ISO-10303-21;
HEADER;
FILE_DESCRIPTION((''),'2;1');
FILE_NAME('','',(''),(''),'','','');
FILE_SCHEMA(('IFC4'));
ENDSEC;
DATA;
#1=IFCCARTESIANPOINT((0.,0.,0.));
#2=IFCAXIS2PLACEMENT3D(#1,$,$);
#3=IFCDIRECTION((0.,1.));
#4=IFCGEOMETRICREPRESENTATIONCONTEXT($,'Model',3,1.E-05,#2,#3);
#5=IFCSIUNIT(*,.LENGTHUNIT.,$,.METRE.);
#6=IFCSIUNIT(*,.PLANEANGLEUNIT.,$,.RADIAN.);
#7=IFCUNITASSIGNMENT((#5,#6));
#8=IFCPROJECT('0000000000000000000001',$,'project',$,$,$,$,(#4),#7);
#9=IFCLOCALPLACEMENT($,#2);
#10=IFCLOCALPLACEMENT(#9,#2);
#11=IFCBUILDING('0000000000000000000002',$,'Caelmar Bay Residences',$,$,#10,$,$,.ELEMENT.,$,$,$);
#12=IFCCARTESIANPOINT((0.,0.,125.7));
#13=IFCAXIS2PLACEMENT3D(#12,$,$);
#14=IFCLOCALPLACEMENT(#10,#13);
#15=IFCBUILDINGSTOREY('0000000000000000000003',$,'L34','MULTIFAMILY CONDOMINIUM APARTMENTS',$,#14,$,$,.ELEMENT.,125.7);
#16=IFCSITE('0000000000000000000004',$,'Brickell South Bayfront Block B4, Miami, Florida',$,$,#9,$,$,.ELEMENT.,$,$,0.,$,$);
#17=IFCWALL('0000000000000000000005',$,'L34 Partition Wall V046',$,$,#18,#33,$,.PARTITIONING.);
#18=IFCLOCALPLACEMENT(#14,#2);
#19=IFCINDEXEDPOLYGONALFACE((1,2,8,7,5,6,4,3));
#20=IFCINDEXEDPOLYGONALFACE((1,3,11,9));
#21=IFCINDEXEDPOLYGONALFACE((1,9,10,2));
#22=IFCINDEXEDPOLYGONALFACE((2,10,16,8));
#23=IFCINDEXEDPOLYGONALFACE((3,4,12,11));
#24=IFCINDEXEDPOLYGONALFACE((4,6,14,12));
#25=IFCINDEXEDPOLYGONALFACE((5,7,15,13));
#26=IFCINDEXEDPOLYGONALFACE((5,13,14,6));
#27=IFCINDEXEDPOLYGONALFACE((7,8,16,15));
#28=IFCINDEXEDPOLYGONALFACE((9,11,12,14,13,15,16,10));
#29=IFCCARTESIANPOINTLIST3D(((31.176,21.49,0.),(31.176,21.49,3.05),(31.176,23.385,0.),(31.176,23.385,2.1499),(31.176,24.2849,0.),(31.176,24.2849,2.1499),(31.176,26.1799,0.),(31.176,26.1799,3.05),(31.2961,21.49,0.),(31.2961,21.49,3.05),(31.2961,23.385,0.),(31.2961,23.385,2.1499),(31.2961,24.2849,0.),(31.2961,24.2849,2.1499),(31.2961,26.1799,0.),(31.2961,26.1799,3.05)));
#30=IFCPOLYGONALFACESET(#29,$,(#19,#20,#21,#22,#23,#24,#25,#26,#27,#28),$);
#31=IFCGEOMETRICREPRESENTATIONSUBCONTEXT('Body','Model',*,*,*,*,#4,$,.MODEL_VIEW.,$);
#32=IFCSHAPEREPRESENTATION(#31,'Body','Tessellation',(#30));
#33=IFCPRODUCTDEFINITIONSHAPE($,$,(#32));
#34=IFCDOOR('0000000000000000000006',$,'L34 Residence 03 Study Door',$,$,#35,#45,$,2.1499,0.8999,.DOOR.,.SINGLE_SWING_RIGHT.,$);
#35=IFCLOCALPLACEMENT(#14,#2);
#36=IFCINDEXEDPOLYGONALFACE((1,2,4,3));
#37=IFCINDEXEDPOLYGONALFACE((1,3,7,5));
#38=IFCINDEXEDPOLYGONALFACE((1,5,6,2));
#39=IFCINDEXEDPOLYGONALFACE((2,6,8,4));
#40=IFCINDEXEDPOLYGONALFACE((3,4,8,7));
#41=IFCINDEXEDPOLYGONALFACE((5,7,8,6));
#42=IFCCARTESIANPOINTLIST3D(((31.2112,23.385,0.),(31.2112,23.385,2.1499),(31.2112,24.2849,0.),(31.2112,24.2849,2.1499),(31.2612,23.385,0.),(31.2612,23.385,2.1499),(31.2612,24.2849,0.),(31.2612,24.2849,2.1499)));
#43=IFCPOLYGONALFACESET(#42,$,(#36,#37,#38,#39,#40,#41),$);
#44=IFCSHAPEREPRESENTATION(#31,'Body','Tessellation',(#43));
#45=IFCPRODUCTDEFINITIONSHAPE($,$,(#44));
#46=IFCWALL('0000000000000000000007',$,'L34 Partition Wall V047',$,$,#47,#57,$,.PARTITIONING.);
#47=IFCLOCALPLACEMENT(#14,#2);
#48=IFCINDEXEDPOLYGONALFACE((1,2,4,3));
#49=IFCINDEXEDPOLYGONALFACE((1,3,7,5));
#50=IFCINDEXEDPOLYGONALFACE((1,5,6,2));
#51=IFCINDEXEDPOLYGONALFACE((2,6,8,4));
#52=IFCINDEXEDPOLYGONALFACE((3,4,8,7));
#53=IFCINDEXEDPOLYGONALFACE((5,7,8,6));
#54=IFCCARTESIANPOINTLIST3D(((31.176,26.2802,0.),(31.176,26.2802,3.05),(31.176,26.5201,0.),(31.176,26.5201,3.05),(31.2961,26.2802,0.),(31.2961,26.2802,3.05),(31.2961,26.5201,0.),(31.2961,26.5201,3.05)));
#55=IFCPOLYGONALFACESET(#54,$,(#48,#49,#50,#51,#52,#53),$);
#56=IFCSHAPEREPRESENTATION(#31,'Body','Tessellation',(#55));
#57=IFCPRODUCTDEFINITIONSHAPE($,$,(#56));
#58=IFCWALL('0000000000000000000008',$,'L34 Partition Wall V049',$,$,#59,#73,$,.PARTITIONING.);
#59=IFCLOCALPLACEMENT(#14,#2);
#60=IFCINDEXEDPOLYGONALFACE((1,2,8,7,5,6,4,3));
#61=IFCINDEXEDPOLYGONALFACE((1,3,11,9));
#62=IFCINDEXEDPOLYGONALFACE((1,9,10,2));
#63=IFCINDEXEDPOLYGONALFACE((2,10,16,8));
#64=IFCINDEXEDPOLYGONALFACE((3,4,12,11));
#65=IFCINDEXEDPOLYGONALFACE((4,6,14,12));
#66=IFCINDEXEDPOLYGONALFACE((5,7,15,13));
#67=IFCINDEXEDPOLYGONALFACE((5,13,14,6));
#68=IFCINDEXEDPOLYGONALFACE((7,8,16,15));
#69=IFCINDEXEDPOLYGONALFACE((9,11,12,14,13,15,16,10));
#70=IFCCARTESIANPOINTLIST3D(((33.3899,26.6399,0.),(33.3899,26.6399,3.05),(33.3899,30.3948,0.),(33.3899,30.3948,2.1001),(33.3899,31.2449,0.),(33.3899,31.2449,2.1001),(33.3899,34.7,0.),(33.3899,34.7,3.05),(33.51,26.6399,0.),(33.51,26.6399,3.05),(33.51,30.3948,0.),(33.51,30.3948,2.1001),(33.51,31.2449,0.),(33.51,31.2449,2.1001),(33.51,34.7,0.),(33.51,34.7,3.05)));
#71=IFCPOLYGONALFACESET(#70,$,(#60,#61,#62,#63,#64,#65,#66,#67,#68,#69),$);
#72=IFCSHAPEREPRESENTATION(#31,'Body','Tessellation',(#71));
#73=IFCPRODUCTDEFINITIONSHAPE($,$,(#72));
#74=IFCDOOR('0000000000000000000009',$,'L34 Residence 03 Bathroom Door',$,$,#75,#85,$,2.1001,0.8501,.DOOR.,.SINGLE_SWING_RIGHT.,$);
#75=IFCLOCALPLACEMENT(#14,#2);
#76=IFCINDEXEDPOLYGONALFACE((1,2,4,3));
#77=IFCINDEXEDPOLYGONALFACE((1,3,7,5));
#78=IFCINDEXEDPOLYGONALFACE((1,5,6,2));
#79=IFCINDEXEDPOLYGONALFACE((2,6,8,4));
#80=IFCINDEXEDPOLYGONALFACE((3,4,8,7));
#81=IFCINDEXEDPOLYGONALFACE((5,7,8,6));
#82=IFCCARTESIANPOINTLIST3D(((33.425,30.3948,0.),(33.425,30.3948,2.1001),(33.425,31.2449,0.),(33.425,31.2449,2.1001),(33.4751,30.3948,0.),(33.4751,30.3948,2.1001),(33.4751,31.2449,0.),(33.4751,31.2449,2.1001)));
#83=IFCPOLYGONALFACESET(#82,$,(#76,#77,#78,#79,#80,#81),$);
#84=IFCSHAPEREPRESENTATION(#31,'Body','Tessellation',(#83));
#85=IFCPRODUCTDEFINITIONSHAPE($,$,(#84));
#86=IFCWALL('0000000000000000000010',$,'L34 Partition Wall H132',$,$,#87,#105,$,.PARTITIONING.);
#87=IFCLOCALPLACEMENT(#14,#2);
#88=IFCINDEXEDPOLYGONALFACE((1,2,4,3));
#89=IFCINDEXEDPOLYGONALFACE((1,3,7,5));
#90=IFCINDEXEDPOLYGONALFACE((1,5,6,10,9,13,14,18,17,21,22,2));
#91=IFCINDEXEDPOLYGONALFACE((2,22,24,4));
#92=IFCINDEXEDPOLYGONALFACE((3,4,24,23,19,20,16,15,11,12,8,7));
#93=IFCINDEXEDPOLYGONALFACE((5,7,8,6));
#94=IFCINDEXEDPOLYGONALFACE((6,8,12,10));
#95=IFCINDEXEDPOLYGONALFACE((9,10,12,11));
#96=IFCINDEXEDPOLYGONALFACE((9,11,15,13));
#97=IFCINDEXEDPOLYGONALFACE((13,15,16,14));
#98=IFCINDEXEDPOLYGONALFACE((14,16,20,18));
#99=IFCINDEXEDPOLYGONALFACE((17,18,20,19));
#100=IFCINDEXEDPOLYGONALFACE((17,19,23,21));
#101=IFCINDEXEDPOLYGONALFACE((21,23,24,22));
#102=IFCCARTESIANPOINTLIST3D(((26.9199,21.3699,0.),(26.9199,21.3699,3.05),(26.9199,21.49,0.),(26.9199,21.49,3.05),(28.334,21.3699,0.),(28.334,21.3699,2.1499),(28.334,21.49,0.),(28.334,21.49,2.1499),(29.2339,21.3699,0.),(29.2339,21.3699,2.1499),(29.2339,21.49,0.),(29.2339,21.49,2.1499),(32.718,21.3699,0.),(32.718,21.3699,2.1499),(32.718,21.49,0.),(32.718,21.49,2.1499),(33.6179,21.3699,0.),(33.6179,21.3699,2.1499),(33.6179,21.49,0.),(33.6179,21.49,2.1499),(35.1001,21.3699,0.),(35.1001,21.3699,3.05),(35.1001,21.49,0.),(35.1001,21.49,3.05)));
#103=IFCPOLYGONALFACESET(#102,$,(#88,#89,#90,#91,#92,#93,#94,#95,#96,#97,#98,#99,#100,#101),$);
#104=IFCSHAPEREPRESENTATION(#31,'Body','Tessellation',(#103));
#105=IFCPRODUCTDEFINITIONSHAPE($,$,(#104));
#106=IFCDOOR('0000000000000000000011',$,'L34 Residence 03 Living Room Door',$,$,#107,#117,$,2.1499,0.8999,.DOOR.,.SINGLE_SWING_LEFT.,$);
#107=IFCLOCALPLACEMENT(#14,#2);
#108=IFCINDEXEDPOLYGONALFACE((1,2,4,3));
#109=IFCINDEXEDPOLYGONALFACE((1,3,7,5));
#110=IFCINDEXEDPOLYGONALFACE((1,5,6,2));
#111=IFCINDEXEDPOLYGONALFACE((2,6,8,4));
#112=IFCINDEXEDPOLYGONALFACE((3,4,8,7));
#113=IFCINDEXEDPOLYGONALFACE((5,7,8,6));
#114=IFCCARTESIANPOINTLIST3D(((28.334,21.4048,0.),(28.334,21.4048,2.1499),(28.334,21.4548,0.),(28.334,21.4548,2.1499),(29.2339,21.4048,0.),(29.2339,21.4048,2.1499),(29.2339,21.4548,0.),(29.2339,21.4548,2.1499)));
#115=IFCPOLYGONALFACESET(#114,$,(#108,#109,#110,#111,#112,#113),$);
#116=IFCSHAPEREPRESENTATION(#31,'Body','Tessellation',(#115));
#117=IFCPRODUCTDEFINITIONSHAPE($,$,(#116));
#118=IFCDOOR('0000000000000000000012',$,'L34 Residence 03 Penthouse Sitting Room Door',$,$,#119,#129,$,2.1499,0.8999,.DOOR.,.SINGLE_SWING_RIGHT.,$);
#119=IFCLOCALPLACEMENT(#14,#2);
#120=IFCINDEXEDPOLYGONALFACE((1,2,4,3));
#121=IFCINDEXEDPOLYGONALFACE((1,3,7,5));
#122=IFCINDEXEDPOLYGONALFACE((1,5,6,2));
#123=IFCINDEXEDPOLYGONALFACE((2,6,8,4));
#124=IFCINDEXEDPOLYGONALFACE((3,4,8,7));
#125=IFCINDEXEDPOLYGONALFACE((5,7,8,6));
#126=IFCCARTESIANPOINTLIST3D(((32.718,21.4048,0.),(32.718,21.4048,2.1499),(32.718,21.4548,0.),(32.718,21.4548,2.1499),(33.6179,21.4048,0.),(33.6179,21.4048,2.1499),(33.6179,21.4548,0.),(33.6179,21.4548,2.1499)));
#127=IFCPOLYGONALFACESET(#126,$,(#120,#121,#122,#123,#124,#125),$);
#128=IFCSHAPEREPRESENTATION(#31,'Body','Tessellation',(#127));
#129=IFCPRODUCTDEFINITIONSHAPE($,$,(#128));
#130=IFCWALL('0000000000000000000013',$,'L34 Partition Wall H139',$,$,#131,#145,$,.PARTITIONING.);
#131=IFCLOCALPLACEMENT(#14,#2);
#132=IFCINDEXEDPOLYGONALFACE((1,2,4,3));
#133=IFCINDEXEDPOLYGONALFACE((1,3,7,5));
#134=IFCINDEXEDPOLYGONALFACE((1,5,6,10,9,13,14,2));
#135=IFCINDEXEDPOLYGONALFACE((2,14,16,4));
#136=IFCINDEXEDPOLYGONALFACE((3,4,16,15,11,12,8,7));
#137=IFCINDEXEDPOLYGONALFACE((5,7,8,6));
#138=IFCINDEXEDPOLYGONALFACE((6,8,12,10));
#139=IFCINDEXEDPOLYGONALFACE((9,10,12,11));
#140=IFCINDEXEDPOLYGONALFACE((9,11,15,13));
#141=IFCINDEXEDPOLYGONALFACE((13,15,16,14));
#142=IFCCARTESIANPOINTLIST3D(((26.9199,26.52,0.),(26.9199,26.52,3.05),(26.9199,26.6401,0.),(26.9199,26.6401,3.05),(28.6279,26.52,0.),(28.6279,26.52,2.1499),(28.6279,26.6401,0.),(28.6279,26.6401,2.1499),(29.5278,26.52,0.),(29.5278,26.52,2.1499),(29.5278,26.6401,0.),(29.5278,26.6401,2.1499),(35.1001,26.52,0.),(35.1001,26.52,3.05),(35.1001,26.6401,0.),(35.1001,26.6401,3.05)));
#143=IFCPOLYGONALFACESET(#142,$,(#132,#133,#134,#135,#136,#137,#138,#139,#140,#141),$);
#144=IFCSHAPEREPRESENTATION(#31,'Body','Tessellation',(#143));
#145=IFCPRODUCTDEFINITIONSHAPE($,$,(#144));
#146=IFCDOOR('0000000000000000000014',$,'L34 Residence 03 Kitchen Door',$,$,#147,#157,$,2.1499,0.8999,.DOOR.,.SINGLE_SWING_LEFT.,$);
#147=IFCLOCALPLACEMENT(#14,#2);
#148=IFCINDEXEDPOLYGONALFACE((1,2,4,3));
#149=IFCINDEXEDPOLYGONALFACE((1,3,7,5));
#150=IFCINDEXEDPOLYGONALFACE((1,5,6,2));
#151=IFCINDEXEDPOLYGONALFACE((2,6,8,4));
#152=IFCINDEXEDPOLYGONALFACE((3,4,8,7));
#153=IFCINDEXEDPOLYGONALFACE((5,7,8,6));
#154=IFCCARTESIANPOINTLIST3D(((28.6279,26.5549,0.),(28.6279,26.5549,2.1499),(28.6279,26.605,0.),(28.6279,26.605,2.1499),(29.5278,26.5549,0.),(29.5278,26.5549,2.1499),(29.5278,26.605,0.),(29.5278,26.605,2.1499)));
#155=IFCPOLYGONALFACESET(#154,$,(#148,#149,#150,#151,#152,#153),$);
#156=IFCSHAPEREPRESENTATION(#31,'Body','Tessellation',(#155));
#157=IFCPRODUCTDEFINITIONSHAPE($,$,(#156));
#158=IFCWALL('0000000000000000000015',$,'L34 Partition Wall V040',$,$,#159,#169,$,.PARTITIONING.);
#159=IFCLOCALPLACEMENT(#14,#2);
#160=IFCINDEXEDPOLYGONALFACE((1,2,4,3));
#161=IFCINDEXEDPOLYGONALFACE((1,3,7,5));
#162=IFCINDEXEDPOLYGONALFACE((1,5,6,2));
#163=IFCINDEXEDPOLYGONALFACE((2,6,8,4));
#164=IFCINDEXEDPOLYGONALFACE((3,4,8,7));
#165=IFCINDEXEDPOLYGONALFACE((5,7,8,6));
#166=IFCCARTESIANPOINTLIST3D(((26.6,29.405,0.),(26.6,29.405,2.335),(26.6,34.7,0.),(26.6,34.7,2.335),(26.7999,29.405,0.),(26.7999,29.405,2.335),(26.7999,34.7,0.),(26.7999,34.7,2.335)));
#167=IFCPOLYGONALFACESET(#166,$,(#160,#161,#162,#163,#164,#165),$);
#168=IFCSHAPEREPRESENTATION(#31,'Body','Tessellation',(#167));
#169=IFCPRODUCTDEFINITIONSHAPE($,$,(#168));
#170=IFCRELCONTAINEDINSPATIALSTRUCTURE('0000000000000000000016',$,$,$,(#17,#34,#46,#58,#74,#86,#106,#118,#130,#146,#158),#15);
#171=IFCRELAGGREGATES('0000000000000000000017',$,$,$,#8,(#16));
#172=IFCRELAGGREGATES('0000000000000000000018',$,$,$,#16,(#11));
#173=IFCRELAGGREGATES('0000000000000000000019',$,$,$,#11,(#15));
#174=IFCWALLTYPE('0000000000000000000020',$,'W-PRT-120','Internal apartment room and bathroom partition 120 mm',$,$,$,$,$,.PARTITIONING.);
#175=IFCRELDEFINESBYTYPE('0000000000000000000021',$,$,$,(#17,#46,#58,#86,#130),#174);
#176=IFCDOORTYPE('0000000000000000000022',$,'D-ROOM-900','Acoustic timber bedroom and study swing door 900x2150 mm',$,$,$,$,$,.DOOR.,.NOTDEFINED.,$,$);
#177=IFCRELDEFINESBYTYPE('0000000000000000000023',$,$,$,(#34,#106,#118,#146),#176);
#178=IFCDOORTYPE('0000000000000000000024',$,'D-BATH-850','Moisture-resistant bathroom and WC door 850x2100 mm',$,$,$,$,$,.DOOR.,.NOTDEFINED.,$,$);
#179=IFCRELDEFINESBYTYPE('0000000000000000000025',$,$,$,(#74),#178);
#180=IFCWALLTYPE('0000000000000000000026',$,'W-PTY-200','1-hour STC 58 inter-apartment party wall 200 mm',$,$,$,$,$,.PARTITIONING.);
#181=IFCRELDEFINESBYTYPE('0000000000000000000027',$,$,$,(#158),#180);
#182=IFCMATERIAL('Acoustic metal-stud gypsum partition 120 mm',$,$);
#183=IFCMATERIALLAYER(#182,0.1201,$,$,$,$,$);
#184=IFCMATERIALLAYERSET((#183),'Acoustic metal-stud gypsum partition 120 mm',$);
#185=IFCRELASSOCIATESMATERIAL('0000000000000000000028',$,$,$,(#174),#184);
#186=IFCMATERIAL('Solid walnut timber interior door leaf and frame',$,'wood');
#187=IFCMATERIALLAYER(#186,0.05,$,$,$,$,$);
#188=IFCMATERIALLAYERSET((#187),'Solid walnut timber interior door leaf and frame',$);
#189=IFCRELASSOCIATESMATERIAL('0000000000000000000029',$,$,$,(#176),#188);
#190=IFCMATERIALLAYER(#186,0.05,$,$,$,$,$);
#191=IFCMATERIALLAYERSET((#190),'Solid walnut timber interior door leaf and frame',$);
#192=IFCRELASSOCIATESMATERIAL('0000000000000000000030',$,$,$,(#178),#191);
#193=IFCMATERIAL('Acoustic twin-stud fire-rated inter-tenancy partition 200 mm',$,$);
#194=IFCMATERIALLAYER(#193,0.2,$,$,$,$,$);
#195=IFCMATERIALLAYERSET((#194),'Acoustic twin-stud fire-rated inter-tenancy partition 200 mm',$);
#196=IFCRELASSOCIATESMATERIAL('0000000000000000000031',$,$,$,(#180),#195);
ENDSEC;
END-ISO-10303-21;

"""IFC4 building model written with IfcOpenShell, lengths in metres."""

from ifc_helpers import new_model, si_unit, direction, frame, frame_2d, origin, place, context, subcontext, project, spatial, rectangle, extrude, material, layer, layer_set, type_object, element, fill, save


model = new_model("IFC4")

# Units and contexts
model_context = context("Model", 3, precision=1e-05, world=origin(), true_north=direction((0.0, 1.0)))
body_context = subcontext(model_context, "Body", "Model", "MODEL_VIEW")
ifc_project = project(units=[si_unit("LENGTHUNIT", "METRE"), si_unit("PLANEANGLEUNIT", "RADIAN")], contexts=[model_context])

# Site, building, storey
site_placement = place(None, origin())
site = spatial("IfcSite", under=ifc_project, at=site_placement, Name="Brickell South Bayfront Block B4, Miami, Florida", CompositionType="ELEMENT", RefElevation=0.0)
building_placement = place(site_placement, origin())
building = spatial("IfcBuilding", under=site, at=building_placement, Name="Caelmar Bay Residences", CompositionType="ELEMENT")
storey_placement = place(building_placement, frame((0.0, 0.0, 125.7)))
storey = spatial("IfcBuildingStorey", under=building, at=storey_placement, Name="L34", Description="MULTIFAMILY CONDOMINIUM APARTMENTS", CompositionType="ELEMENT", Elevation=125.7)

# Shared definitions
ifc_material_1 = material(Name="Acoustic metal-stud gypsum partition 120 mm")
ifc_layer_1 = layer(ifc_material_1, 0.1201)
ifc_layer_set_1 = layer_set([ifc_layer_1], Name="Acoustic metal-stud gypsum partition 120 mm")
wall_type_1 = type_object("IfcWallType", Name="W-PRT-120", Description="Internal apartment room and bathroom partition 120 mm", PredefinedType="PARTITIONING", material=ifc_layer_set_1)

# Wall, opening, door
wall_1_placement = place(storey_placement, frame((31.2361, 21.49, 0.0), z_axis=(0.0, 0.0, 1.0), x_axis=(0.0, 1.0, 0.0)))
wall_1 = element("IfcWall", 1, at=wall_1_placement, inside=storey, type_object=wall_type_1, Name="L34 Partition Wall V046", PredefinedType="PARTITIONING", context=body_context, shape_type="SweptSolid", body=[
    extrude(rectangle(XDim=4.6899, YDim=0.1201, at=frame_2d((2.345, 0.0))), origin(), (0.0, 0.0, 1.0), 3.05),
])
opening_1_placement = place(wall_1_placement, frame((1.895, 0.0, 0.0)))
opening_1 = element("IfcOpeningElement", 2, at=opening_1_placement, cuts=wall_1, PredefinedType="OPENING", context=body_context, shape_type="SweptSolid", body=[
    extrude(rectangle(XDim=0.8999, YDim=2.1499, at=frame_2d((0.45, 1.075))), frame((0.0, 0.0701, 0.0), z_axis=(0.0, -1.0, 0.0), x_axis=(1.0, 0.0, 0.0)), (0.0, 0.0, 1.0), 0.1401),
])
ifc_material_2 = material(Name="Solid walnut timber interior door leaf and frame", Category="wood")
ifc_layer_2 = layer(ifc_material_2, 0.05)
ifc_layer_set_2 = layer_set([ifc_layer_2], Name="Solid walnut timber interior door leaf and frame")
door_type_1 = type_object("IfcDoorType", Name="D-ROOM-900", Description="Acoustic timber bedroom and study swing door 900x2150 mm", OperationType="NOTDEFINED", PredefinedType="DOOR", material=ifc_layer_set_2)
door_1_placement = place(opening_1_placement, origin())
door_1 = element("IfcDoor", 3, at=door_1_placement, inside=storey, type_object=door_type_1, Name="L34 Residence 03 Study Door", OperationType="SINGLE_SWING_RIGHT", OverallHeight=2.1499, OverallWidth=0.8999, PredefinedType="DOOR", context=body_context, shape_type="SweptSolid", body=[
    extrude(rectangle(XDim=0.8999, YDim=2.1499, at=frame_2d((0.45, 1.075))), frame((0.0, 0.0249, 0.0), z_axis=(0.0, -1.0, 0.0), x_axis=(1.0, 0.0, 0.0)), (0.0, 0.0, 1.0), 0.05),
])
fill(opening_1, door_1)

# Wall
wall_2_placement = place(storey_placement, frame((31.2361, 26.28, 0.0), z_axis=(0.0, 0.0, 1.0), x_axis=(0.0, 1.0, 0.0)))
element("IfcWall", 4, at=wall_2_placement, inside=storey, type_object=wall_type_1, Name="L34 Partition Wall V047", PredefinedType="PARTITIONING", context=body_context, shape_type="SweptSolid", body=[
    extrude(rectangle(XDim=0.24, YDim=0.1201, at=frame_2d((0.1201, 0.0))), origin(), (0.0, 0.0, 1.0), 3.05),
])

# Wall, opening, door
wall_3_placement = place(storey_placement, frame((33.45, 26.6399, 0.0), z_axis=(0.0, 0.0, 1.0), x_axis=(0.0, 1.0, 0.0)))
wall_3 = element("IfcWall", 5, at=wall_3_placement, inside=storey, type_object=wall_type_1, Name="L34 Partition Wall V049", PredefinedType="PARTITIONING", context=body_context, shape_type="SweptSolid", body=[
    extrude(rectangle(XDim=8.0601, YDim=0.1201, at=frame_2d((4.03, 0.0))), origin(), (0.0, 0.0, 1.0), 3.05),
])
opening_2_placement = place(wall_3_placement, frame((3.7549, 0.0, 0.0)))
opening_2 = element("IfcOpeningElement", 6, at=opening_2_placement, cuts=wall_3, PredefinedType="OPENING", context=body_context, shape_type="SweptSolid", body=[
    extrude(rectangle(XDim=0.8501, YDim=2.1001, at=frame_2d((0.425, 1.05))), frame((0.0, 0.0701, 0.0), z_axis=(0.0, -1.0, 0.0), x_axis=(1.0, 0.0, 0.0)), (0.0, 0.0, 1.0), 0.1401),
])
ifc_layer_3 = layer(ifc_material_2, 0.05)
ifc_layer_set_3 = layer_set([ifc_layer_3], Name="Solid walnut timber interior door leaf and frame")
door_type_2 = type_object("IfcDoorType", Name="D-BATH-850", Description="Moisture-resistant bathroom and WC door 850x2100 mm", OperationType="NOTDEFINED", PredefinedType="DOOR", material=ifc_layer_set_3)
door_2_placement = place(opening_2_placement, origin())
door_2 = element("IfcDoor", 7, at=door_2_placement, inside=storey, type_object=door_type_2, Name="L34 Residence 03 Bathroom Door", OperationType="SINGLE_SWING_RIGHT", OverallHeight=2.1001, OverallWidth=0.8501, PredefinedType="DOOR", context=body_context, shape_type="SweptSolid", body=[
    extrude(rectangle(XDim=0.8501, YDim=2.1001, at=frame_2d((0.425, 1.05))), frame((0.0, 0.0249, 0.0), z_axis=(0.0, -1.0, 0.0), x_axis=(1.0, 0.0, 0.0)), (0.0, 0.0, 1.0), 0.05),
])
fill(opening_2, door_2)

# Wall, openings, doors
wall_4_placement = place(storey_placement, frame((26.9199, 21.4299, 0.0), z_axis=(0.0, 0.0, 1.0), x_axis=(1.0, 0.0, 0.0)))
wall_4 = element("IfcWall", 8, at=wall_4_placement, inside=storey, type_object=wall_type_1, Name="L34 Partition Wall H132", PredefinedType="PARTITIONING", context=body_context, shape_type="SweptSolid", body=[
    extrude(rectangle(XDim=8.1802, YDim=0.1201, at=frame_2d((4.0901, 0.0))), origin(), (0.0, 0.0, 1.0), 3.05),
])
opening_3_placement = place(wall_4_placement, frame((1.4141, 0.0, 0.0)))
opening_3 = element("IfcOpeningElement", 9, at=opening_3_placement, cuts=wall_4, PredefinedType="OPENING", context=body_context, shape_type="SweptSolid", body=[
    extrude(rectangle(XDim=0.8999, YDim=2.1499, at=frame_2d((0.45, 1.075))), frame((0.0, 0.0701, 0.0), z_axis=(0.0, -1.0, 0.0), x_axis=(1.0, 0.0, 0.0)), (0.0, 0.0, 1.0), 0.1401),
])
opening_4_placement = place(wall_4_placement, frame((5.7981, 0.0, 0.0)))
opening_4 = element("IfcOpeningElement", 10, at=opening_4_placement, cuts=wall_4, PredefinedType="OPENING", context=body_context, shape_type="SweptSolid", body=[
    extrude(rectangle(XDim=0.8999, YDim=2.1499, at=frame_2d((0.45, 1.075))), frame((0.0, 0.0701, 0.0), z_axis=(0.0, -1.0, 0.0), x_axis=(1.0, 0.0, 0.0)), (0.0, 0.0, 1.0), 0.1401),
])
door_3_placement = place(opening_3_placement, origin())
door_3 = element("IfcDoor", 11, at=door_3_placement, inside=storey, type_object=door_type_1, Name="L34 Residence 03 Living Room Door", OperationType="SINGLE_SWING_LEFT", OverallHeight=2.1499, OverallWidth=0.8999, PredefinedType="DOOR", context=body_context, shape_type="SweptSolid", body=[
    extrude(rectangle(XDim=0.8999, YDim=2.1499, at=frame_2d((0.45, 1.075))), frame((0.0, 0.0249, 0.0), z_axis=(0.0, -1.0, 0.0), x_axis=(1.0, 0.0, 0.0)), (0.0, 0.0, 1.0), 0.05),
])
fill(opening_3, door_3)
door_4_placement = place(opening_4_placement, origin())
door_4 = element("IfcDoor", 12, at=door_4_placement, inside=storey, type_object=door_type_1, Name="L34 Residence 03 Penthouse Sitting Room Door", OperationType="SINGLE_SWING_RIGHT", OverallHeight=2.1499, OverallWidth=0.8999, PredefinedType="DOOR", context=body_context, shape_type="SweptSolid", body=[
    extrude(rectangle(XDim=0.8999, YDim=2.1499, at=frame_2d((0.45, 1.075))), frame((0.0, 0.0249, 0.0), z_axis=(0.0, -1.0, 0.0), x_axis=(1.0, 0.0, 0.0)), (0.0, 0.0, 1.0), 0.05),
])
fill(opening_4, door_4)

# Wall, opening, door
wall_5_placement = place(storey_placement, frame((26.9199, 26.5801, 0.0), z_axis=(0.0, 0.0, 1.0), x_axis=(1.0, 0.0, 0.0)))
wall_5 = element("IfcWall", 13, at=wall_5_placement, inside=storey, type_object=wall_type_1, Name="L34 Partition Wall H139", PredefinedType="PARTITIONING", context=body_context, shape_type="SweptSolid", body=[
    extrude(rectangle(XDim=8.1802, YDim=0.1201, at=frame_2d((4.0901, 0.0))), origin(), (0.0, 0.0, 1.0), 3.05),
])
opening_5_placement = place(wall_5_placement, frame((1.708, 0.0, 0.0)))
opening_5 = element("IfcOpeningElement", 14, at=opening_5_placement, cuts=wall_5, PredefinedType="OPENING", context=body_context, shape_type="SweptSolid", body=[
    extrude(rectangle(XDim=0.8999, YDim=2.1499, at=frame_2d((0.45, 1.075))), frame((0.0, 0.0701, 0.0), z_axis=(0.0, -1.0, 0.0), x_axis=(1.0, 0.0, 0.0)), (0.0, 0.0, 1.0), 0.1401),
])
door_5_placement = place(opening_5_placement, origin())
door_5 = element("IfcDoor", 15, at=door_5_placement, inside=storey, type_object=door_type_1, Name="L34 Residence 03 Kitchen Door", OperationType="SINGLE_SWING_LEFT", OverallHeight=2.1499, OverallWidth=0.8999, PredefinedType="DOOR", context=body_context, shape_type="SweptSolid", body=[
    extrude(rectangle(XDim=0.8999, YDim=2.1499, at=frame_2d((0.45, 1.075))), frame((0.0, 0.0249, 0.0), z_axis=(0.0, -1.0, 0.0), x_axis=(1.0, 0.0, 0.0)), (0.0, 0.0, 1.0), 0.05),
])
fill(opening_5, door_5)

# Wall
ifc_material_3 = material(Name="Acoustic twin-stud fire-rated inter-tenancy partition 200 mm")
ifc_layer_4 = layer(ifc_material_3, 0.2)
ifc_layer_set_4 = layer_set([ifc_layer_4], Name="Acoustic twin-stud fire-rated inter-tenancy partition 200 mm")
wall_type_2 = type_object("IfcWallType", Name="W-PTY-200", Description="1-hour STC 58 inter-apartment party wall 200 mm", PredefinedType="PARTITIONING", material=ifc_layer_set_4)
wall_6_placement = place(storey_placement, frame((26.7, 29.405, 0.0), z_axis=(0.0, 0.0, 1.0), x_axis=(0.0, 1.0, 0.0)))
element("IfcWall", 16, at=wall_6_placement, inside=storey, type_object=wall_type_2, Name="L34 Partition Wall V040", PredefinedType="PARTITIONING", context=body_context, shape_type="SweptSolid", body=[
    extrude(rectangle(XDim=5.2949, YDim=0.2, at=frame_2d((2.6475, 0.0))), origin(), (0.0, 0.0, 1.0), 2.335),
])

save(model, "model.ifc")
